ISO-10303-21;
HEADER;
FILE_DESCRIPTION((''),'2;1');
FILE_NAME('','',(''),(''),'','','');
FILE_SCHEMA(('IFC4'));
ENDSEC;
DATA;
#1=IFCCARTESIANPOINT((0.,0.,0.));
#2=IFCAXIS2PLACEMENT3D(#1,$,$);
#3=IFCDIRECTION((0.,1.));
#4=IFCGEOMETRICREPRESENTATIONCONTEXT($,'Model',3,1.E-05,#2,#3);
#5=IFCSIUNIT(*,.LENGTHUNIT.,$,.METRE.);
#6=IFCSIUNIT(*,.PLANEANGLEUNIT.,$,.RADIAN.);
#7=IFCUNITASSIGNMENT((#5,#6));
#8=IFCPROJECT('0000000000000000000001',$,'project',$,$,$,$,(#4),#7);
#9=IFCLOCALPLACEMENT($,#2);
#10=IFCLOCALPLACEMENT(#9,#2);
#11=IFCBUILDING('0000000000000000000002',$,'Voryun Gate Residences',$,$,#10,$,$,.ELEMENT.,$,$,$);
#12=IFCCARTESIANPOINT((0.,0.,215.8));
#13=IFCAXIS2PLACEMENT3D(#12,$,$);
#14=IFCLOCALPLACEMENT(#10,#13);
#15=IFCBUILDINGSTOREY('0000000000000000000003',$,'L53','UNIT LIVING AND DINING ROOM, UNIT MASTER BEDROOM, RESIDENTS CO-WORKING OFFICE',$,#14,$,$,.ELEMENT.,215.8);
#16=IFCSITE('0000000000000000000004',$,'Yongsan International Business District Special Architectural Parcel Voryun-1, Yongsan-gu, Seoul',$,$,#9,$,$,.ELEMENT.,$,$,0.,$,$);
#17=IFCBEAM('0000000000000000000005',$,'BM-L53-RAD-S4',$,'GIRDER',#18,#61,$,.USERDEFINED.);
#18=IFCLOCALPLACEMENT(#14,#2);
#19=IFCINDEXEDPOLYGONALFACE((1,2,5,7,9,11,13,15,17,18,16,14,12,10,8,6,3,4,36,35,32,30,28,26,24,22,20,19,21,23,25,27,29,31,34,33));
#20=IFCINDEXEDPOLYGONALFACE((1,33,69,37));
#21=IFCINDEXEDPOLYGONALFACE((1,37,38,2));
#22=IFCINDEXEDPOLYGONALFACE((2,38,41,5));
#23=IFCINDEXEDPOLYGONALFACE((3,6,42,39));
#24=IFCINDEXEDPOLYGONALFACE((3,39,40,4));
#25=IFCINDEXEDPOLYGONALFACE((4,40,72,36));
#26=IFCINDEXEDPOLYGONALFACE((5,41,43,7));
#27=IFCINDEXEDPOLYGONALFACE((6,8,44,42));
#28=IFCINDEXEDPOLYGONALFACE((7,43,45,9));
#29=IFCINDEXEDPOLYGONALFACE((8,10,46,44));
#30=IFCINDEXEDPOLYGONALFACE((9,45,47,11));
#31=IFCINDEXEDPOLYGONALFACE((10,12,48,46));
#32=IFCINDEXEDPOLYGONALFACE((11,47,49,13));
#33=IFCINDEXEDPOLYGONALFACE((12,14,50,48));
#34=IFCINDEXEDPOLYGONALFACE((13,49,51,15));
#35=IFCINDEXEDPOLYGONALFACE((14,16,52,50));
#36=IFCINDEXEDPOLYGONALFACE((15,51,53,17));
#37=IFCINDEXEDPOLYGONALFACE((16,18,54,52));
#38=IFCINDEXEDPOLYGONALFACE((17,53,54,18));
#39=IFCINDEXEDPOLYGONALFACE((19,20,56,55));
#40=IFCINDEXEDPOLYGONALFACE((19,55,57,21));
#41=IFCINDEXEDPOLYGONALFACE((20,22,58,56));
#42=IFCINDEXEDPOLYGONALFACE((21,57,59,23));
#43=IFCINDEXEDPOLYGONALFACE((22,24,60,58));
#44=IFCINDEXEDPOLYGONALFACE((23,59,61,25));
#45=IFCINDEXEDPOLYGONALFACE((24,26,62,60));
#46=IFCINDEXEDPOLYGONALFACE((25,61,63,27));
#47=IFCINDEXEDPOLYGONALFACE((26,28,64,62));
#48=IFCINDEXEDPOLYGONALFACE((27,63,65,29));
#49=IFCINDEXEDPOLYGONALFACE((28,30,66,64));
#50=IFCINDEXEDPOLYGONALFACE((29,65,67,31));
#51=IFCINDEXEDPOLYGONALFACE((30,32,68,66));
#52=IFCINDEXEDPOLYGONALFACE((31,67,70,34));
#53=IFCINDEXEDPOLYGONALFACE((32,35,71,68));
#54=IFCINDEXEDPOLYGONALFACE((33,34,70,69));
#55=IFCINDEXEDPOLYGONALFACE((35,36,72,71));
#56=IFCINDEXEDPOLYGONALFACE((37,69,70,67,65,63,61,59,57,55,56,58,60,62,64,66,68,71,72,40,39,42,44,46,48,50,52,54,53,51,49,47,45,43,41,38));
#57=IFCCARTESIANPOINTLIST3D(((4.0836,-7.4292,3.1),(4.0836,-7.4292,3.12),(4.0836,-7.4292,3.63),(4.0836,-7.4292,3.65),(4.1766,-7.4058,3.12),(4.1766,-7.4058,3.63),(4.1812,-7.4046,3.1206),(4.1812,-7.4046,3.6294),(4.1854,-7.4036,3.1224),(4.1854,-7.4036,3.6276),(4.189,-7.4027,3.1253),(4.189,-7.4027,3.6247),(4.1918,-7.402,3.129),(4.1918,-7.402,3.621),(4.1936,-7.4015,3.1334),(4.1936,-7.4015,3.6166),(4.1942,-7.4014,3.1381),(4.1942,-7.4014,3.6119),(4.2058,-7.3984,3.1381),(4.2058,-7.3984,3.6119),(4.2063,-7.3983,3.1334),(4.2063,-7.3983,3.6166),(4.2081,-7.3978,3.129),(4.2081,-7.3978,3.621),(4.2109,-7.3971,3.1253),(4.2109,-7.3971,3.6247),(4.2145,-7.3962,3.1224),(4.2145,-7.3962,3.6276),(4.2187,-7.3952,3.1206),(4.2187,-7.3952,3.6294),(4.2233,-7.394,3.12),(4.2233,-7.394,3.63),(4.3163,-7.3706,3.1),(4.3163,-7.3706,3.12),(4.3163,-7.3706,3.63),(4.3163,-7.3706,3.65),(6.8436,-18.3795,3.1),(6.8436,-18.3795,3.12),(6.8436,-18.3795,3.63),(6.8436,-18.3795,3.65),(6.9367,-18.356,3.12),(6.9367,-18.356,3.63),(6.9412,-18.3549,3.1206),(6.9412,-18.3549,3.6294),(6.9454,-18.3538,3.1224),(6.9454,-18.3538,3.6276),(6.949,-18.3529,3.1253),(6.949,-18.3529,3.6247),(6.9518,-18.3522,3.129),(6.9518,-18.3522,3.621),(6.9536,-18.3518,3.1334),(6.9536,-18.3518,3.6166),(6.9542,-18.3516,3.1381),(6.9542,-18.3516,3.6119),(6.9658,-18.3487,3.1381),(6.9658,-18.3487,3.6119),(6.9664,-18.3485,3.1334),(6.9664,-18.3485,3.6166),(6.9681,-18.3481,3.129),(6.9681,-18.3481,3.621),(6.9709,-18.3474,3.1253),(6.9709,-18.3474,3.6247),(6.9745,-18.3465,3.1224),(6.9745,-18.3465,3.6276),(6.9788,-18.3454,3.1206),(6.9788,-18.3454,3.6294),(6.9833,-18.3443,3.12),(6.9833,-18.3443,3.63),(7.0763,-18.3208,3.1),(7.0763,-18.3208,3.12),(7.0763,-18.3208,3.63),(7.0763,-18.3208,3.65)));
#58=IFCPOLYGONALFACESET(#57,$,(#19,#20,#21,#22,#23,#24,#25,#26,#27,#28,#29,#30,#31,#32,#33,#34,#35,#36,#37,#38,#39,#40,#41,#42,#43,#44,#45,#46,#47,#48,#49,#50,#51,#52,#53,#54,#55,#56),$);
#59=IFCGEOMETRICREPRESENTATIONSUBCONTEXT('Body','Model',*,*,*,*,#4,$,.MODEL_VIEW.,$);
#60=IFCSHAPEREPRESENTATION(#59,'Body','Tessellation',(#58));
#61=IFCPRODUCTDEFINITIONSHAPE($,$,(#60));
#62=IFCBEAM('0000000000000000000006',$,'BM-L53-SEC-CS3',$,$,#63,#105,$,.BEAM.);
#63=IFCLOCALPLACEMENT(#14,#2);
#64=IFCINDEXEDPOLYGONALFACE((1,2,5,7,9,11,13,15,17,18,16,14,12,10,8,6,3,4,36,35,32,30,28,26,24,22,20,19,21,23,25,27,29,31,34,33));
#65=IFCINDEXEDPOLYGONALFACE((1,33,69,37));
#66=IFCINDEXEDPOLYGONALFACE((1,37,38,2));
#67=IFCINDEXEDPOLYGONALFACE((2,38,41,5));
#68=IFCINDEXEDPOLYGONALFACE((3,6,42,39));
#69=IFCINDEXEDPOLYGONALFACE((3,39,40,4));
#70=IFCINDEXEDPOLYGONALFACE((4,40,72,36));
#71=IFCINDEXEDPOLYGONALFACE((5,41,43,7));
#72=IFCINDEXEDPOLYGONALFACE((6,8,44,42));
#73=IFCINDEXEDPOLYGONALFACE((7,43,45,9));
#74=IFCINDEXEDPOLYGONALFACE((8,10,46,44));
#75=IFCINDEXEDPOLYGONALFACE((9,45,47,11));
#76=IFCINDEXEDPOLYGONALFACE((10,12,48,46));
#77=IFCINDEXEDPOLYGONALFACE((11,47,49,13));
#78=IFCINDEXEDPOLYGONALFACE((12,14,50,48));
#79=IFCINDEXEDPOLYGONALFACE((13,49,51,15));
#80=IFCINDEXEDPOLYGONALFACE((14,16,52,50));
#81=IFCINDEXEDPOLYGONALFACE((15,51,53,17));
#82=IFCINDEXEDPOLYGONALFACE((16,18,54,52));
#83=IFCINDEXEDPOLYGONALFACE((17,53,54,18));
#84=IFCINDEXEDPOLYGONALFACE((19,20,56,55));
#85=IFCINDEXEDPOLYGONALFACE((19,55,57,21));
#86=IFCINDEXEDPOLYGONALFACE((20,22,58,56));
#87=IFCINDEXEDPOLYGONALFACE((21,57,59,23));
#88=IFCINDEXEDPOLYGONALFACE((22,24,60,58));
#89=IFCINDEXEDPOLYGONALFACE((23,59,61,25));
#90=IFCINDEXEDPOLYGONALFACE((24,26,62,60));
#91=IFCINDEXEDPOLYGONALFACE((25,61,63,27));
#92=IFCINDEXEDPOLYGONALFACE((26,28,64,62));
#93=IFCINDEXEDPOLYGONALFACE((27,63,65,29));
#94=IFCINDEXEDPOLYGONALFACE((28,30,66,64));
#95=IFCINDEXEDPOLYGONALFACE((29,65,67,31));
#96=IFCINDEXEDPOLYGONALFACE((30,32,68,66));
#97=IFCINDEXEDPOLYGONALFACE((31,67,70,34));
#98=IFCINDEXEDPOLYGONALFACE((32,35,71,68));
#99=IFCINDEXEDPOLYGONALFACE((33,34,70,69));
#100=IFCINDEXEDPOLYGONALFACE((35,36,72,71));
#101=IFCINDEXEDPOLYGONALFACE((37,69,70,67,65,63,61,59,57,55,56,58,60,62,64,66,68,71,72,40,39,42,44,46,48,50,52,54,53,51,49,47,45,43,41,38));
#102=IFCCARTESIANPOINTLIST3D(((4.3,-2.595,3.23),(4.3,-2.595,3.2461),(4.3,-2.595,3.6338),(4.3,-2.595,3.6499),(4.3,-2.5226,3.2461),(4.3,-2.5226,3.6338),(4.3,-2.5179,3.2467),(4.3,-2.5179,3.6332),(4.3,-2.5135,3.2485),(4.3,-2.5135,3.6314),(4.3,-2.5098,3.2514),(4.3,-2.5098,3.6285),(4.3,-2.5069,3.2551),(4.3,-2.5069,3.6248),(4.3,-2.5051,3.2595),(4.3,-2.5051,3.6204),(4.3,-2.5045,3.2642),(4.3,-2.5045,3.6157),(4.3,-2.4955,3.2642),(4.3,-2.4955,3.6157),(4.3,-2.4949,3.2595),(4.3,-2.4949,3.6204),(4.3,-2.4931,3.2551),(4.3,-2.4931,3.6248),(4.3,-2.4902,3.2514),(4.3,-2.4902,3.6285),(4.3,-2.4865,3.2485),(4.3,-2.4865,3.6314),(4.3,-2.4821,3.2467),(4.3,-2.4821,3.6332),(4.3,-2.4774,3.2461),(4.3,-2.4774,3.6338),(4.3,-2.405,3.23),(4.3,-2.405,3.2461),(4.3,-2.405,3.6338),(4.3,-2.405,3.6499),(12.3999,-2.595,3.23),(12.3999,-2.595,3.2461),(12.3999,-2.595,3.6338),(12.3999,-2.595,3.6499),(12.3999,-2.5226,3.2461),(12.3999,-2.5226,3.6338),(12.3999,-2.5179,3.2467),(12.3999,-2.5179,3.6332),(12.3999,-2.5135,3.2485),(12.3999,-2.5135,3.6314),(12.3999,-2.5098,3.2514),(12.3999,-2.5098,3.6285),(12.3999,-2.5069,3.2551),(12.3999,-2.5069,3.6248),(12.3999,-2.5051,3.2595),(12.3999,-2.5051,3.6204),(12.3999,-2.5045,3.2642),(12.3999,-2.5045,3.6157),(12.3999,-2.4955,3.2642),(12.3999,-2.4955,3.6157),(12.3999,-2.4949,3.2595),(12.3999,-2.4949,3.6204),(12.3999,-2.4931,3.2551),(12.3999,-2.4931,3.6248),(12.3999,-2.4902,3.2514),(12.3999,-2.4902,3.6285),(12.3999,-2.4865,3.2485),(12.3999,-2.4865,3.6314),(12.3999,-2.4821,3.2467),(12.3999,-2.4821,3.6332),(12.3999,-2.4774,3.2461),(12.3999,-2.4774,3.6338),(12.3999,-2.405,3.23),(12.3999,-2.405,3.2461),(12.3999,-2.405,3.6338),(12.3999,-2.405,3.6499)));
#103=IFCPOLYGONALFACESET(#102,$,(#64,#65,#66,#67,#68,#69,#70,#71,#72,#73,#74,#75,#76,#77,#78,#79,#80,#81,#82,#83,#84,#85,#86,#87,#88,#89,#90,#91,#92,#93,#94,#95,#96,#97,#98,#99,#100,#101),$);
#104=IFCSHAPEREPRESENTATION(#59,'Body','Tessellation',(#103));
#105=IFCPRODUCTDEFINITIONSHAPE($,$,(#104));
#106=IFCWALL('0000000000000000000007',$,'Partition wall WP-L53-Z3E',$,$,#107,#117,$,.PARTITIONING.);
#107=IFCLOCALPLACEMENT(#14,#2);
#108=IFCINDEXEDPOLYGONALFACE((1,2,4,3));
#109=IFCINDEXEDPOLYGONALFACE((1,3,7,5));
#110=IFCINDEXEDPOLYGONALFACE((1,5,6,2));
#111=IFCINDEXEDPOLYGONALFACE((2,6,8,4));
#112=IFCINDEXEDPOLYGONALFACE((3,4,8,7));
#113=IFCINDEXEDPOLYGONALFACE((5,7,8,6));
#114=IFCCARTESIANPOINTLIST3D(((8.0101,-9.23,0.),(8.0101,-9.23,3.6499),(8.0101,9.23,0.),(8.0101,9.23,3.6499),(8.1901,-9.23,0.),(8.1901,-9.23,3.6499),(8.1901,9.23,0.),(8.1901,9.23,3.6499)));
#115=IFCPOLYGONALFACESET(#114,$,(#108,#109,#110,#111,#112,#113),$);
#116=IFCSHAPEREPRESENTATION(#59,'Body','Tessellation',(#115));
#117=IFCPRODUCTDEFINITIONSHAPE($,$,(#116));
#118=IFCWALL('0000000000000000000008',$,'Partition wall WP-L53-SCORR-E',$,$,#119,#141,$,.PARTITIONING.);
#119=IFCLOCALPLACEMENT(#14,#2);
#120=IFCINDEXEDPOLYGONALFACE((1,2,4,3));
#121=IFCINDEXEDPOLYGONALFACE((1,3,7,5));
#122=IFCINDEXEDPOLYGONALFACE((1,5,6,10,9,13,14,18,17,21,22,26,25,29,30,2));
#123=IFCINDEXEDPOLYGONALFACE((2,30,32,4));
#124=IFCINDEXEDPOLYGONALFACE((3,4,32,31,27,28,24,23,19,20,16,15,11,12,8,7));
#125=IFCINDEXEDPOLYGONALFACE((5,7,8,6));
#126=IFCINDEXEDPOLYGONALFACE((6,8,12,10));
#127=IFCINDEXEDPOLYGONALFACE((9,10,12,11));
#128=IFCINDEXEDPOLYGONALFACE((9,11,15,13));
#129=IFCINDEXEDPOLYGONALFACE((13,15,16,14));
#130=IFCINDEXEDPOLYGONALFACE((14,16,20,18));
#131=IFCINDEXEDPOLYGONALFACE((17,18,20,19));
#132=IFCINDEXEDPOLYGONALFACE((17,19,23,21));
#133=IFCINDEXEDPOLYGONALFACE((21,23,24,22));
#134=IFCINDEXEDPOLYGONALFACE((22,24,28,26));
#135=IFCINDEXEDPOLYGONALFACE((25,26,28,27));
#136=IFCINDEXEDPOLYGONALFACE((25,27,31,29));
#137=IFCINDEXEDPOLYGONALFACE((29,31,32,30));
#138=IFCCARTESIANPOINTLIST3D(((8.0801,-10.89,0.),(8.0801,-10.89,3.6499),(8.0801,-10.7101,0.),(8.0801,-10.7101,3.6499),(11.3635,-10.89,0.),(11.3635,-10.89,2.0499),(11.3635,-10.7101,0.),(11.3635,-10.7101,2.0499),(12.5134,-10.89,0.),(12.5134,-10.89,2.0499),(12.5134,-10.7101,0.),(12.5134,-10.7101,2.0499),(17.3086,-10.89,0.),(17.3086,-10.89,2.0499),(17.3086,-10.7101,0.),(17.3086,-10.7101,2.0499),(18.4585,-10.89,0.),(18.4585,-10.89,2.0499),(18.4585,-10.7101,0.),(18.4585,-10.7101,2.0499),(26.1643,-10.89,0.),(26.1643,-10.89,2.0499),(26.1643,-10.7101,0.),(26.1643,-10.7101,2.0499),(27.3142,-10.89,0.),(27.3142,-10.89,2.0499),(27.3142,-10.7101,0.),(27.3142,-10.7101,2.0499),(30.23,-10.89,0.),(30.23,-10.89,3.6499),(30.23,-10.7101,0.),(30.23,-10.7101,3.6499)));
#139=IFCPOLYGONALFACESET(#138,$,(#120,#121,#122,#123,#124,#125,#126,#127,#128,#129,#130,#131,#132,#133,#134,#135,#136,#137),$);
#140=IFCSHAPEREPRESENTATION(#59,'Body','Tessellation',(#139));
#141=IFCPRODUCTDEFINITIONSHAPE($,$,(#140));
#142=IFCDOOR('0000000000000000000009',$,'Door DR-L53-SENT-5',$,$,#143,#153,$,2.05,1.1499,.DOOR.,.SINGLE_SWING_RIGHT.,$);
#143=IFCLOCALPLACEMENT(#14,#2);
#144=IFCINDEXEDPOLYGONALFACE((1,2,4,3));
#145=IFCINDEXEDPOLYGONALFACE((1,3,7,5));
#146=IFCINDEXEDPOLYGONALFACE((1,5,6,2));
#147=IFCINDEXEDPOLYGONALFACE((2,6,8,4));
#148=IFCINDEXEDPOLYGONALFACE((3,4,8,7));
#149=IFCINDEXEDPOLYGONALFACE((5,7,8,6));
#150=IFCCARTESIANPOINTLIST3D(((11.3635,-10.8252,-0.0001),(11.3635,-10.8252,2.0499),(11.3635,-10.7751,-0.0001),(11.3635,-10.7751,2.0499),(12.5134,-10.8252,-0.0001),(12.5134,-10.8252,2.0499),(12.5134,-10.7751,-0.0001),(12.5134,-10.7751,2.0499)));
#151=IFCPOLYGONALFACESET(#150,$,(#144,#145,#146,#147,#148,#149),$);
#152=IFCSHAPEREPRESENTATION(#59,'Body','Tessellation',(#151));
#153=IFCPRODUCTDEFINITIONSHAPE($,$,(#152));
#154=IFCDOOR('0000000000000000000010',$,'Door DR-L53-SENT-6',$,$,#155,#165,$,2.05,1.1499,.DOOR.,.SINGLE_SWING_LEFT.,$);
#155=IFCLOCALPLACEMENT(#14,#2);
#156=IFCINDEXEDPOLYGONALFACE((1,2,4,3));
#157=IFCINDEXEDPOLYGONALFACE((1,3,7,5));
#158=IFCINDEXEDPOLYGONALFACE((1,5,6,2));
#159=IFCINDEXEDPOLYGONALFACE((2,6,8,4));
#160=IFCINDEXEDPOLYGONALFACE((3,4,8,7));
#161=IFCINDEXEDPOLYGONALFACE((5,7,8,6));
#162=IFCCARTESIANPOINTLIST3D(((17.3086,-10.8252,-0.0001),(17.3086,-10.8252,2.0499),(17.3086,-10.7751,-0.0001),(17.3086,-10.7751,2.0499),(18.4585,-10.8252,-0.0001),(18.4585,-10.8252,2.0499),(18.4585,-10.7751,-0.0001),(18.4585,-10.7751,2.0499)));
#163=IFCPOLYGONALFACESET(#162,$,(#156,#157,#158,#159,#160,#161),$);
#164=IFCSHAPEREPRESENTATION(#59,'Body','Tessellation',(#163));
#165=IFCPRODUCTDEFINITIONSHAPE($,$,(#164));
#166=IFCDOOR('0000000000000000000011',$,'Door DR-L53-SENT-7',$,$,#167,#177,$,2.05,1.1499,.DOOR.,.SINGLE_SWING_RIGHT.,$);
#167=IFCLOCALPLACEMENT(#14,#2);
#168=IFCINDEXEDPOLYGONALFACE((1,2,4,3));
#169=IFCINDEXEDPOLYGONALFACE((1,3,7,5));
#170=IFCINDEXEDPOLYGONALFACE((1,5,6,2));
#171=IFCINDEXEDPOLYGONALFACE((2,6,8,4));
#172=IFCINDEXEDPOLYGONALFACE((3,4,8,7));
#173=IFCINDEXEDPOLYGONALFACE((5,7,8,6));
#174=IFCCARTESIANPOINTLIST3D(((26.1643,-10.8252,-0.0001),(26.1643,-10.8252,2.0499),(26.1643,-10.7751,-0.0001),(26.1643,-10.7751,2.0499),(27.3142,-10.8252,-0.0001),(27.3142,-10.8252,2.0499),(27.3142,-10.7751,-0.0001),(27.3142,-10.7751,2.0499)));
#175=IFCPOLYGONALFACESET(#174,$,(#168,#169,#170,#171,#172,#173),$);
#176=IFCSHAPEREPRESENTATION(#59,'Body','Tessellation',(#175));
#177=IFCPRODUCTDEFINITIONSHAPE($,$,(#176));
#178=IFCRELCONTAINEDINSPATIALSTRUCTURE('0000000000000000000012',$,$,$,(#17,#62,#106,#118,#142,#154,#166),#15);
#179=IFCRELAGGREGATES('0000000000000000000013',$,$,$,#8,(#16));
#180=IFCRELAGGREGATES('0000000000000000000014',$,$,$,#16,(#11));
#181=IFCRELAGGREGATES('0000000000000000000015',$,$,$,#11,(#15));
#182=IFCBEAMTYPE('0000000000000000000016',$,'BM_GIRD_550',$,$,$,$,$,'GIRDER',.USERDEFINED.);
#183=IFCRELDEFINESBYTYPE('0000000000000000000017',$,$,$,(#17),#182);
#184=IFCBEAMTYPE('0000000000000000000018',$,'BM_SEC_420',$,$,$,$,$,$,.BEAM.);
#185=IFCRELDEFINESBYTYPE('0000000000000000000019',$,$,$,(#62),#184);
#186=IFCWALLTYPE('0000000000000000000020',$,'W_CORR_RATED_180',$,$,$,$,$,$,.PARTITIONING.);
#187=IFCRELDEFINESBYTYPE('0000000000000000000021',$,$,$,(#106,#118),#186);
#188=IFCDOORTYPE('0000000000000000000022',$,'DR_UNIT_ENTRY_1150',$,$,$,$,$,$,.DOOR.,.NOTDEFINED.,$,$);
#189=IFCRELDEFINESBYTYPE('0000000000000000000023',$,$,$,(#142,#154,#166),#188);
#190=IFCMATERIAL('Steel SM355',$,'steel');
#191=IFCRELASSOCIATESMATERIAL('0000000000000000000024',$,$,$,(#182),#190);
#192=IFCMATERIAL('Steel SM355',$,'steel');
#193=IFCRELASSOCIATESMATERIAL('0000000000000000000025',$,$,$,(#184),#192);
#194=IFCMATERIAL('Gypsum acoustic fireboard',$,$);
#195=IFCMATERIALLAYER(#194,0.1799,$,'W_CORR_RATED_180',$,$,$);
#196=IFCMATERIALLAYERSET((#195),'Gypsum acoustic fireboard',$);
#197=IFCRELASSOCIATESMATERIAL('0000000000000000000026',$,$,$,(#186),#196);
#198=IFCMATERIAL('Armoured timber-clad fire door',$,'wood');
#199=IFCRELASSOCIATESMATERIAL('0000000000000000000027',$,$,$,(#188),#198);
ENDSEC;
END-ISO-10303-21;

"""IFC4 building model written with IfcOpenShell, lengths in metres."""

from ifc_helpers import new_model, si_unit, direction, frame, frame_2d, origin, origin_2d, place, context, subcontext, project, spatial, rectangle, i_section, extrude, material, layer, layer_set, material_profile, profile_set, type_object, element, fill, save


model = new_model("IFC4")

# Units and contexts
model_context = context("Model", 3, precision=1e-05, world=origin(), true_north=direction((0.0, 1.0)))
body_context = subcontext(model_context, "Body", "Model", "MODEL_VIEW")
ifc_project = project(units=[si_unit("LENGTHUNIT", "METRE"), si_unit("PLANEANGLEUNIT", "RADIAN")], contexts=[model_context])

# Site, building, storey
site_placement = place(None, origin())
site = spatial("IfcSite", under=ifc_project, at=site_placement, Name="Yongsan International Business District Special Architectural Parcel Voryun-1, Yongsan-gu, Seoul", CompositionType="ELEMENT", RefElevation=0.0)
building_placement = place(site_placement, origin())
building = spatial("IfcBuilding", under=site, at=building_placement, Name="Voryun Gate Residences", CompositionType="ELEMENT")
storey_placement = place(building_placement, frame((0.0, 0.0, 215.8)))
storey = spatial("IfcBuildingStorey", under=building, at=storey_placement, Name="L53", Description="UNIT LIVING AND DINING ROOM, UNIT MASTER BEDROOM, RESIDENTS CO-WORKING OFFICE", CompositionType="ELEMENT", Elevation=215.8)

# Beams
ifc_material_1 = material(Name="Steel SM355", Category="steel")
ifc_material_profile_1 = material_profile(ifc_material_1, i_section(OverallWidth=0.24, OverallDepth=0.55, WebThickness=0.012, FlangeThickness=0.02, FilletRadius=0.0181, at=origin_2d()), Name="H-550x240x12x20")
ifc_profile_set_1 = profile_set([ifc_material_profile_1], Name="Steel SM355")
beam_type_1 = type_object("IfcBeamType", Name="BM_GIRD_550", ElementType="GIRDER", PredefinedType="USERDEFINED", material=ifc_profile_set_1)
beam_1_placement = place(storey_placement, frame((4.2, -7.3999, 3.375), z_axis=(0.244407, -0.969673, 0.0), x_axis=(0.969673, 0.244407, 0.0)))
element("IfcBeam", 1, at=beam_1_placement, inside=storey, type_object=beam_type_1, Name="BM-L53-RAD-S4", ObjectType="GIRDER", PredefinedType="USERDEFINED", context=body_context, shape_type="SweptSolid", body=[
    extrude(i_section(OverallWidth=0.24, OverallDepth=0.55, WebThickness=0.012, FlangeThickness=0.02, FilletRadius=0.0181, at=origin_2d()), origin(), (0.0, 0.0, 1.0), 11.2927),
])
ifc_material_2 = material(Name="Steel SM355", Category="steel")
ifc_material_profile_2 = material_profile(ifc_material_2, i_section(OverallWidth=0.1899, OverallDepth=0.4199, WebThickness=0.009, FlangeThickness=0.0161, FilletRadius=0.0181, at=origin_2d()), Name="H-420x190x9x16")
ifc_profile_set_2 = profile_set([ifc_material_profile_2], Name="Steel SM355")
beam_type_2 = type_object("IfcBeamType", Name="BM_SEC_420", PredefinedType="BEAM", material=ifc_profile_set_2)
beam_2_placement = place(storey_placement, frame((4.3, -2.5, 3.4399), z_axis=(1.0, 0.0, 0.0), x_axis=(0.0, 1.0, 0.0)))
element("IfcBeam", 2, at=beam_2_placement, inside=storey, type_object=beam_type_2, Name="BM-L53-SEC-CS3", PredefinedType="BEAM", context=body_context, shape_type="SweptSolid", body=[
    extrude(i_section(OverallWidth=0.1899, OverallDepth=0.4199, WebThickness=0.009, FlangeThickness=0.0161, FilletRadius=0.0181, at=origin_2d()), origin(), (0.0, 0.0, 1.0), 8.0999),
])

# Wall
ifc_material_3 = material(Name="Gypsum acoustic fireboard")
ifc_layer_1 = layer(ifc_material_3, 0.1799, Name="W_CORR_RATED_180")
ifc_layer_set_1 = layer_set([ifc_layer_1], Name="Gypsum acoustic fireboard")
wall_type_1 = type_object("IfcWallType", Name="W_CORR_RATED_180", PredefinedType="PARTITIONING", material=ifc_layer_set_1)
wall_1_placement = place(storey_placement, frame((8.1001, -9.23, 0.0), z_axis=(0.0, 0.0, 1.0), x_axis=(0.0, 1.0, 0.0)))
element("IfcWall", 3, at=wall_1_placement, inside=storey, type_object=wall_type_1, Name="Partition wall WP-L53-Z3E", PredefinedType="PARTITIONING", context=body_context, shape_type="SweptSolid", body=[
    extrude(rectangle(XDim=18.46, YDim=0.1799, at=frame_2d((9.23, 0.0))), origin(), (0.0, 0.0, 1.0), 3.6499),
])

# Wall, openings, doors
wall_2_placement = place(storey_placement, frame((8.0801, -10.8, 0.0), z_axis=(0.0, 0.0, 1.0), x_axis=(1.0, 0.0, 0.0)))
wall_2 = element("IfcWall", 4, at=wall_2_placement, inside=storey, type_object=wall_type_1, Name="Partition wall WP-L53-SCORR-E", PredefinedType="PARTITIONING", context=body_context, shape_type="SweptSolid", body=[
    extrude(rectangle(XDim=22.1499, YDim=0.1799, at=frame_2d((11.075, 0.0))), origin(), (0.0, 0.0, 1.0), 3.6499),
])
opening_1_placement = place(wall_2_placement, frame((3.2834, 0.0, 0.0)))
opening_1 = element("IfcOpeningElement", 5, at=opening_1_placement, cuts=wall_2, PredefinedType="OPENING", context=body_context, shape_type="SweptSolid", body=[
    extrude(rectangle(XDim=1.1499, YDim=2.05, at=frame_2d((0.575, 1.0249))), frame((0.0, 0.0999, 0.0), z_axis=(0.0, -1.0, 0.0), x_axis=(1.0, 0.0, 0.0)), (0.0, 0.0, 1.0), 0.2),
])
opening_2_placement = place(wall_2_placement, frame((9.2285, 0.0, 0.0)))
opening_2 = element("IfcOpeningElement", 6, at=opening_2_placement, cuts=wall_2, PredefinedType="OPENING", context=body_context, shape_type="SweptSolid", body=[
    extrude(rectangle(XDim=1.1499, YDim=2.05, at=frame_2d((0.575, 1.0249))), frame((0.0, 0.0999, 0.0), z_axis=(0.0, -1.0, 0.0), x_axis=(1.0, 0.0, 0.0)), (0.0, 0.0, 1.0), 0.2),
])
opening_3_placement = place(wall_2_placement, frame((18.0842, 0.0, 0.0)))
opening_3 = element("IfcOpeningElement", 7, at=opening_3_placement, cuts=wall_2, PredefinedType="OPENING", context=body_context, shape_type="SweptSolid", body=[
    extrude(rectangle(XDim=1.1499, YDim=2.05, at=frame_2d((0.575, 1.0249))), frame((0.0, 0.0999, 0.0), z_axis=(0.0, -1.0, 0.0), x_axis=(1.0, 0.0, 0.0)), (0.0, 0.0, 1.0), 0.2),
])
ifc_material_4 = material(Name="Armoured timber-clad fire door", Category="wood")
door_type_1 = type_object("IfcDoorType", Name="DR_UNIT_ENTRY_1150", OperationType="NOTDEFINED", PredefinedType="DOOR", material=ifc_material_4)
door_1_placement = place(opening_1_placement, origin())
door_1 = element("IfcDoor", 8, at=door_1_placement, inside=storey, type_object=door_type_1, Name="Door DR-L53-SENT-5", OperationType="SINGLE_SWING_RIGHT", OverallHeight=2.05, OverallWidth=1.1499, PredefinedType="DOOR", context=body_context, shape_type="SweptSolid", body=[
    extrude(rectangle(XDim=1.1499, YDim=2.05, at=frame_2d((0.575, 1.0249))), frame((0.0, 0.0249, 0.0), z_axis=(0.0, -1.0, 0.0), x_axis=(1.0, 0.0, 0.0)), (0.0, 0.0, 1.0), 0.05),
])
fill(opening_1, door_1)
door_2_placement = place(opening_2_placement, origin())
door_2 = element("IfcDoor", 9, at=door_2_placement, inside=storey, type_object=door_type_1, Name="Door DR-L53-SENT-6", OperationType="SINGLE_SWING_LEFT", OverallHeight=2.05, OverallWidth=1.1499, PredefinedType="DOOR", context=body_context, shape_type="SweptSolid", body=[
    extrude(rectangle(XDim=1.1499, YDim=2.05, at=frame_2d((0.575, 1.0249))), frame((0.0, 0.0249, 0.0), z_axis=(0.0, -1.0, 0.0), x_axis=(1.0, 0.0, 0.0)), (0.0, 0.0, 1.0), 0.05),
])
fill(opening_2, door_2)
door_3_placement = place(opening_3_placement, origin())
door_3 = element("IfcDoor", 10, at=door_3_placement, inside=storey, type_object=door_type_1, Name="Door DR-L53-SENT-7", OperationType="SINGLE_SWING_RIGHT", OverallHeight=2.05, OverallWidth=1.1499, PredefinedType="DOOR", context=body_context, shape_type="SweptSolid", body=[
    extrude(rectangle(XDim=1.1499, YDim=2.05, at=frame_2d((0.575, 1.0249))), frame((0.0, 0.0249, 0.0), z_axis=(0.0, -1.0, 0.0), x_axis=(1.0, 0.0, 0.0)), (0.0, 0.0, 1.0), 0.05),
])
fill(opening_3, door_3)

save(model, "model.ifc")
